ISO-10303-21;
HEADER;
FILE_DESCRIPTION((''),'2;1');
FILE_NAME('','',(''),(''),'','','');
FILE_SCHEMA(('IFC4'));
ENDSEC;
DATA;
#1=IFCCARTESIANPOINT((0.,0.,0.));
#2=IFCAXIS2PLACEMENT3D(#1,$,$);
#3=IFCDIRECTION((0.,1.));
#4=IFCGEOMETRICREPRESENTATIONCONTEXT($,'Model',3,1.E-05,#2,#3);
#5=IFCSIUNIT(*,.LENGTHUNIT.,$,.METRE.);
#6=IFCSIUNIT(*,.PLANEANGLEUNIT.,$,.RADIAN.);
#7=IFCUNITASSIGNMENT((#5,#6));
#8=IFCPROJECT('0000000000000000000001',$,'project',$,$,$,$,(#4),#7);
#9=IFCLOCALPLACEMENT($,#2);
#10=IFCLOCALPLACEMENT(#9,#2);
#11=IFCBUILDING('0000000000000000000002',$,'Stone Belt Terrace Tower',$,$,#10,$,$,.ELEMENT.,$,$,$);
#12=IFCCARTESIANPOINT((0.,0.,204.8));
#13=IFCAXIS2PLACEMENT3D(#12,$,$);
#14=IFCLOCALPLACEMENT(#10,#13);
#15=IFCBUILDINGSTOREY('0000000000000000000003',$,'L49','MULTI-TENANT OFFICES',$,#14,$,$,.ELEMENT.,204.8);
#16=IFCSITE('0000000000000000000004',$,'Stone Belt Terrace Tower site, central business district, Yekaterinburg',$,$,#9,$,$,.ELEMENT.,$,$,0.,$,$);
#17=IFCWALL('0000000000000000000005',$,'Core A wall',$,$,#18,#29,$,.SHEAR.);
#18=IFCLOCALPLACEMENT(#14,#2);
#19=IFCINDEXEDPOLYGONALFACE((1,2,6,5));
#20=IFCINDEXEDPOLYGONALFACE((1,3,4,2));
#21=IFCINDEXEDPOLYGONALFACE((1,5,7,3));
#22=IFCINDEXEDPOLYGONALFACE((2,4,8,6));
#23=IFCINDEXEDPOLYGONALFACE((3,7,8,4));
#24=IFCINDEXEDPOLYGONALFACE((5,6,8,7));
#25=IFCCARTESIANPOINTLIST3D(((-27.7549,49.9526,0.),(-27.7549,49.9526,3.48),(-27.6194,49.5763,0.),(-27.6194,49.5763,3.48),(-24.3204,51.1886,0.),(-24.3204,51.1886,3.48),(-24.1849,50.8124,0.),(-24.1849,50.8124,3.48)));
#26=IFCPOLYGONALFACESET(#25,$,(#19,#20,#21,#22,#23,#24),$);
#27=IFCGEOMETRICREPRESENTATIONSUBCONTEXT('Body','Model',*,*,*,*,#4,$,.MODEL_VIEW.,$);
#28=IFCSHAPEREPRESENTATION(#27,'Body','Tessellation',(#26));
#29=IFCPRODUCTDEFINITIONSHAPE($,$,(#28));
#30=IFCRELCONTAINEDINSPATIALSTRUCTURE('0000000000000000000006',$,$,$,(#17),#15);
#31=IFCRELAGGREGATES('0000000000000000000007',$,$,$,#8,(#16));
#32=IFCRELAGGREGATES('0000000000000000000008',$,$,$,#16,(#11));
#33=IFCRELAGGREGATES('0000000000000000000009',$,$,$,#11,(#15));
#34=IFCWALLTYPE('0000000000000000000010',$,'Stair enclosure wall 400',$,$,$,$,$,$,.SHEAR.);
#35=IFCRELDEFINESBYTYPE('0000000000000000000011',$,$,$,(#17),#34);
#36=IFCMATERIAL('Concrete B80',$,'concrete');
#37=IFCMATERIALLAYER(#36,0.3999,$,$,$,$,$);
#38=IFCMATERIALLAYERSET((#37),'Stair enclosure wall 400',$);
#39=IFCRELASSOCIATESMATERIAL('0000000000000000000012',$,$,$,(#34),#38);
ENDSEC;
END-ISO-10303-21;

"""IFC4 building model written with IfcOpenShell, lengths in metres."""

from ifc_helpers import new_model, si_unit, direction, frame, frame_2d, origin, place, context, subcontext, project, spatial, rectangle, extrude, material, layer, layer_set, type_object, element, save


model = new_model("IFC4")

# Units and contexts
model_context = context("Model", 3, precision=1e-05, world=origin(), true_north=direction((0.0, 1.0)))
body_context = subcontext(model_context, "Body", "Model", "MODEL_VIEW")
ifc_project = project(units=[si_unit("LENGTHUNIT", "METRE"), si_unit("PLANEANGLEUNIT", "RADIAN")], contexts=[model_context])

# Site, building, storey
site_placement = place(None, origin())
site = spatial("IfcSite", under=ifc_project, at=site_placement, Name="Stone Belt Terrace Tower site, central business district, Yekaterinburg", CompositionType="ELEMENT", RefElevation=0.0)
building_placement = place(site_placement, origin())
building = spatial("IfcBuilding", under=site, at=building_placement, Name="Stone Belt Terrace Tower", CompositionType="ELEMENT")
storey_placement = place(building_placement, frame((0.0, 0.0, 204.8)))
storey = spatial("IfcBuildingStorey", under=building, at=storey_placement, Name="L49", Description="MULTI-TENANT OFFICES", CompositionType="ELEMENT", Elevation=204.8)

# Shared definitions
ifc_material_1 = material(Name="Concrete B80", Category="concrete")

# Wall
ifc_layer_1 = layer(ifc_material_1, 0.3999)
ifc_layer_set_1 = layer_set([ifc_layer_1], Name="Stair enclosure wall 400")
wall_type_1 = type_object("IfcWallType", Name="Stair enclosure wall 400", PredefinedType="SHEAR", material=ifc_layer_set_1)
wall_1_placement = place(storey_placement, frame((-27.6873, 49.7644, 0.0), z_axis=(0.0, 0.0, 1.0), x_axis=(0.940919, 0.338632, 0.0)))
element("IfcWall", 1, at=wall_1_placement, inside=storey, type_object=wall_type_1, Name="Core A wall", PredefinedType="SHEAR", context=body_context, shape_type="SweptSolid", body=[
    extrude(rectangle(XDim=3.6501, YDim=0.3999, at=frame_2d((1.8252, 0.0))), origin(), (0.0, 0.0, 1.0), 3.48),
])

save(model, "model.ifc")
